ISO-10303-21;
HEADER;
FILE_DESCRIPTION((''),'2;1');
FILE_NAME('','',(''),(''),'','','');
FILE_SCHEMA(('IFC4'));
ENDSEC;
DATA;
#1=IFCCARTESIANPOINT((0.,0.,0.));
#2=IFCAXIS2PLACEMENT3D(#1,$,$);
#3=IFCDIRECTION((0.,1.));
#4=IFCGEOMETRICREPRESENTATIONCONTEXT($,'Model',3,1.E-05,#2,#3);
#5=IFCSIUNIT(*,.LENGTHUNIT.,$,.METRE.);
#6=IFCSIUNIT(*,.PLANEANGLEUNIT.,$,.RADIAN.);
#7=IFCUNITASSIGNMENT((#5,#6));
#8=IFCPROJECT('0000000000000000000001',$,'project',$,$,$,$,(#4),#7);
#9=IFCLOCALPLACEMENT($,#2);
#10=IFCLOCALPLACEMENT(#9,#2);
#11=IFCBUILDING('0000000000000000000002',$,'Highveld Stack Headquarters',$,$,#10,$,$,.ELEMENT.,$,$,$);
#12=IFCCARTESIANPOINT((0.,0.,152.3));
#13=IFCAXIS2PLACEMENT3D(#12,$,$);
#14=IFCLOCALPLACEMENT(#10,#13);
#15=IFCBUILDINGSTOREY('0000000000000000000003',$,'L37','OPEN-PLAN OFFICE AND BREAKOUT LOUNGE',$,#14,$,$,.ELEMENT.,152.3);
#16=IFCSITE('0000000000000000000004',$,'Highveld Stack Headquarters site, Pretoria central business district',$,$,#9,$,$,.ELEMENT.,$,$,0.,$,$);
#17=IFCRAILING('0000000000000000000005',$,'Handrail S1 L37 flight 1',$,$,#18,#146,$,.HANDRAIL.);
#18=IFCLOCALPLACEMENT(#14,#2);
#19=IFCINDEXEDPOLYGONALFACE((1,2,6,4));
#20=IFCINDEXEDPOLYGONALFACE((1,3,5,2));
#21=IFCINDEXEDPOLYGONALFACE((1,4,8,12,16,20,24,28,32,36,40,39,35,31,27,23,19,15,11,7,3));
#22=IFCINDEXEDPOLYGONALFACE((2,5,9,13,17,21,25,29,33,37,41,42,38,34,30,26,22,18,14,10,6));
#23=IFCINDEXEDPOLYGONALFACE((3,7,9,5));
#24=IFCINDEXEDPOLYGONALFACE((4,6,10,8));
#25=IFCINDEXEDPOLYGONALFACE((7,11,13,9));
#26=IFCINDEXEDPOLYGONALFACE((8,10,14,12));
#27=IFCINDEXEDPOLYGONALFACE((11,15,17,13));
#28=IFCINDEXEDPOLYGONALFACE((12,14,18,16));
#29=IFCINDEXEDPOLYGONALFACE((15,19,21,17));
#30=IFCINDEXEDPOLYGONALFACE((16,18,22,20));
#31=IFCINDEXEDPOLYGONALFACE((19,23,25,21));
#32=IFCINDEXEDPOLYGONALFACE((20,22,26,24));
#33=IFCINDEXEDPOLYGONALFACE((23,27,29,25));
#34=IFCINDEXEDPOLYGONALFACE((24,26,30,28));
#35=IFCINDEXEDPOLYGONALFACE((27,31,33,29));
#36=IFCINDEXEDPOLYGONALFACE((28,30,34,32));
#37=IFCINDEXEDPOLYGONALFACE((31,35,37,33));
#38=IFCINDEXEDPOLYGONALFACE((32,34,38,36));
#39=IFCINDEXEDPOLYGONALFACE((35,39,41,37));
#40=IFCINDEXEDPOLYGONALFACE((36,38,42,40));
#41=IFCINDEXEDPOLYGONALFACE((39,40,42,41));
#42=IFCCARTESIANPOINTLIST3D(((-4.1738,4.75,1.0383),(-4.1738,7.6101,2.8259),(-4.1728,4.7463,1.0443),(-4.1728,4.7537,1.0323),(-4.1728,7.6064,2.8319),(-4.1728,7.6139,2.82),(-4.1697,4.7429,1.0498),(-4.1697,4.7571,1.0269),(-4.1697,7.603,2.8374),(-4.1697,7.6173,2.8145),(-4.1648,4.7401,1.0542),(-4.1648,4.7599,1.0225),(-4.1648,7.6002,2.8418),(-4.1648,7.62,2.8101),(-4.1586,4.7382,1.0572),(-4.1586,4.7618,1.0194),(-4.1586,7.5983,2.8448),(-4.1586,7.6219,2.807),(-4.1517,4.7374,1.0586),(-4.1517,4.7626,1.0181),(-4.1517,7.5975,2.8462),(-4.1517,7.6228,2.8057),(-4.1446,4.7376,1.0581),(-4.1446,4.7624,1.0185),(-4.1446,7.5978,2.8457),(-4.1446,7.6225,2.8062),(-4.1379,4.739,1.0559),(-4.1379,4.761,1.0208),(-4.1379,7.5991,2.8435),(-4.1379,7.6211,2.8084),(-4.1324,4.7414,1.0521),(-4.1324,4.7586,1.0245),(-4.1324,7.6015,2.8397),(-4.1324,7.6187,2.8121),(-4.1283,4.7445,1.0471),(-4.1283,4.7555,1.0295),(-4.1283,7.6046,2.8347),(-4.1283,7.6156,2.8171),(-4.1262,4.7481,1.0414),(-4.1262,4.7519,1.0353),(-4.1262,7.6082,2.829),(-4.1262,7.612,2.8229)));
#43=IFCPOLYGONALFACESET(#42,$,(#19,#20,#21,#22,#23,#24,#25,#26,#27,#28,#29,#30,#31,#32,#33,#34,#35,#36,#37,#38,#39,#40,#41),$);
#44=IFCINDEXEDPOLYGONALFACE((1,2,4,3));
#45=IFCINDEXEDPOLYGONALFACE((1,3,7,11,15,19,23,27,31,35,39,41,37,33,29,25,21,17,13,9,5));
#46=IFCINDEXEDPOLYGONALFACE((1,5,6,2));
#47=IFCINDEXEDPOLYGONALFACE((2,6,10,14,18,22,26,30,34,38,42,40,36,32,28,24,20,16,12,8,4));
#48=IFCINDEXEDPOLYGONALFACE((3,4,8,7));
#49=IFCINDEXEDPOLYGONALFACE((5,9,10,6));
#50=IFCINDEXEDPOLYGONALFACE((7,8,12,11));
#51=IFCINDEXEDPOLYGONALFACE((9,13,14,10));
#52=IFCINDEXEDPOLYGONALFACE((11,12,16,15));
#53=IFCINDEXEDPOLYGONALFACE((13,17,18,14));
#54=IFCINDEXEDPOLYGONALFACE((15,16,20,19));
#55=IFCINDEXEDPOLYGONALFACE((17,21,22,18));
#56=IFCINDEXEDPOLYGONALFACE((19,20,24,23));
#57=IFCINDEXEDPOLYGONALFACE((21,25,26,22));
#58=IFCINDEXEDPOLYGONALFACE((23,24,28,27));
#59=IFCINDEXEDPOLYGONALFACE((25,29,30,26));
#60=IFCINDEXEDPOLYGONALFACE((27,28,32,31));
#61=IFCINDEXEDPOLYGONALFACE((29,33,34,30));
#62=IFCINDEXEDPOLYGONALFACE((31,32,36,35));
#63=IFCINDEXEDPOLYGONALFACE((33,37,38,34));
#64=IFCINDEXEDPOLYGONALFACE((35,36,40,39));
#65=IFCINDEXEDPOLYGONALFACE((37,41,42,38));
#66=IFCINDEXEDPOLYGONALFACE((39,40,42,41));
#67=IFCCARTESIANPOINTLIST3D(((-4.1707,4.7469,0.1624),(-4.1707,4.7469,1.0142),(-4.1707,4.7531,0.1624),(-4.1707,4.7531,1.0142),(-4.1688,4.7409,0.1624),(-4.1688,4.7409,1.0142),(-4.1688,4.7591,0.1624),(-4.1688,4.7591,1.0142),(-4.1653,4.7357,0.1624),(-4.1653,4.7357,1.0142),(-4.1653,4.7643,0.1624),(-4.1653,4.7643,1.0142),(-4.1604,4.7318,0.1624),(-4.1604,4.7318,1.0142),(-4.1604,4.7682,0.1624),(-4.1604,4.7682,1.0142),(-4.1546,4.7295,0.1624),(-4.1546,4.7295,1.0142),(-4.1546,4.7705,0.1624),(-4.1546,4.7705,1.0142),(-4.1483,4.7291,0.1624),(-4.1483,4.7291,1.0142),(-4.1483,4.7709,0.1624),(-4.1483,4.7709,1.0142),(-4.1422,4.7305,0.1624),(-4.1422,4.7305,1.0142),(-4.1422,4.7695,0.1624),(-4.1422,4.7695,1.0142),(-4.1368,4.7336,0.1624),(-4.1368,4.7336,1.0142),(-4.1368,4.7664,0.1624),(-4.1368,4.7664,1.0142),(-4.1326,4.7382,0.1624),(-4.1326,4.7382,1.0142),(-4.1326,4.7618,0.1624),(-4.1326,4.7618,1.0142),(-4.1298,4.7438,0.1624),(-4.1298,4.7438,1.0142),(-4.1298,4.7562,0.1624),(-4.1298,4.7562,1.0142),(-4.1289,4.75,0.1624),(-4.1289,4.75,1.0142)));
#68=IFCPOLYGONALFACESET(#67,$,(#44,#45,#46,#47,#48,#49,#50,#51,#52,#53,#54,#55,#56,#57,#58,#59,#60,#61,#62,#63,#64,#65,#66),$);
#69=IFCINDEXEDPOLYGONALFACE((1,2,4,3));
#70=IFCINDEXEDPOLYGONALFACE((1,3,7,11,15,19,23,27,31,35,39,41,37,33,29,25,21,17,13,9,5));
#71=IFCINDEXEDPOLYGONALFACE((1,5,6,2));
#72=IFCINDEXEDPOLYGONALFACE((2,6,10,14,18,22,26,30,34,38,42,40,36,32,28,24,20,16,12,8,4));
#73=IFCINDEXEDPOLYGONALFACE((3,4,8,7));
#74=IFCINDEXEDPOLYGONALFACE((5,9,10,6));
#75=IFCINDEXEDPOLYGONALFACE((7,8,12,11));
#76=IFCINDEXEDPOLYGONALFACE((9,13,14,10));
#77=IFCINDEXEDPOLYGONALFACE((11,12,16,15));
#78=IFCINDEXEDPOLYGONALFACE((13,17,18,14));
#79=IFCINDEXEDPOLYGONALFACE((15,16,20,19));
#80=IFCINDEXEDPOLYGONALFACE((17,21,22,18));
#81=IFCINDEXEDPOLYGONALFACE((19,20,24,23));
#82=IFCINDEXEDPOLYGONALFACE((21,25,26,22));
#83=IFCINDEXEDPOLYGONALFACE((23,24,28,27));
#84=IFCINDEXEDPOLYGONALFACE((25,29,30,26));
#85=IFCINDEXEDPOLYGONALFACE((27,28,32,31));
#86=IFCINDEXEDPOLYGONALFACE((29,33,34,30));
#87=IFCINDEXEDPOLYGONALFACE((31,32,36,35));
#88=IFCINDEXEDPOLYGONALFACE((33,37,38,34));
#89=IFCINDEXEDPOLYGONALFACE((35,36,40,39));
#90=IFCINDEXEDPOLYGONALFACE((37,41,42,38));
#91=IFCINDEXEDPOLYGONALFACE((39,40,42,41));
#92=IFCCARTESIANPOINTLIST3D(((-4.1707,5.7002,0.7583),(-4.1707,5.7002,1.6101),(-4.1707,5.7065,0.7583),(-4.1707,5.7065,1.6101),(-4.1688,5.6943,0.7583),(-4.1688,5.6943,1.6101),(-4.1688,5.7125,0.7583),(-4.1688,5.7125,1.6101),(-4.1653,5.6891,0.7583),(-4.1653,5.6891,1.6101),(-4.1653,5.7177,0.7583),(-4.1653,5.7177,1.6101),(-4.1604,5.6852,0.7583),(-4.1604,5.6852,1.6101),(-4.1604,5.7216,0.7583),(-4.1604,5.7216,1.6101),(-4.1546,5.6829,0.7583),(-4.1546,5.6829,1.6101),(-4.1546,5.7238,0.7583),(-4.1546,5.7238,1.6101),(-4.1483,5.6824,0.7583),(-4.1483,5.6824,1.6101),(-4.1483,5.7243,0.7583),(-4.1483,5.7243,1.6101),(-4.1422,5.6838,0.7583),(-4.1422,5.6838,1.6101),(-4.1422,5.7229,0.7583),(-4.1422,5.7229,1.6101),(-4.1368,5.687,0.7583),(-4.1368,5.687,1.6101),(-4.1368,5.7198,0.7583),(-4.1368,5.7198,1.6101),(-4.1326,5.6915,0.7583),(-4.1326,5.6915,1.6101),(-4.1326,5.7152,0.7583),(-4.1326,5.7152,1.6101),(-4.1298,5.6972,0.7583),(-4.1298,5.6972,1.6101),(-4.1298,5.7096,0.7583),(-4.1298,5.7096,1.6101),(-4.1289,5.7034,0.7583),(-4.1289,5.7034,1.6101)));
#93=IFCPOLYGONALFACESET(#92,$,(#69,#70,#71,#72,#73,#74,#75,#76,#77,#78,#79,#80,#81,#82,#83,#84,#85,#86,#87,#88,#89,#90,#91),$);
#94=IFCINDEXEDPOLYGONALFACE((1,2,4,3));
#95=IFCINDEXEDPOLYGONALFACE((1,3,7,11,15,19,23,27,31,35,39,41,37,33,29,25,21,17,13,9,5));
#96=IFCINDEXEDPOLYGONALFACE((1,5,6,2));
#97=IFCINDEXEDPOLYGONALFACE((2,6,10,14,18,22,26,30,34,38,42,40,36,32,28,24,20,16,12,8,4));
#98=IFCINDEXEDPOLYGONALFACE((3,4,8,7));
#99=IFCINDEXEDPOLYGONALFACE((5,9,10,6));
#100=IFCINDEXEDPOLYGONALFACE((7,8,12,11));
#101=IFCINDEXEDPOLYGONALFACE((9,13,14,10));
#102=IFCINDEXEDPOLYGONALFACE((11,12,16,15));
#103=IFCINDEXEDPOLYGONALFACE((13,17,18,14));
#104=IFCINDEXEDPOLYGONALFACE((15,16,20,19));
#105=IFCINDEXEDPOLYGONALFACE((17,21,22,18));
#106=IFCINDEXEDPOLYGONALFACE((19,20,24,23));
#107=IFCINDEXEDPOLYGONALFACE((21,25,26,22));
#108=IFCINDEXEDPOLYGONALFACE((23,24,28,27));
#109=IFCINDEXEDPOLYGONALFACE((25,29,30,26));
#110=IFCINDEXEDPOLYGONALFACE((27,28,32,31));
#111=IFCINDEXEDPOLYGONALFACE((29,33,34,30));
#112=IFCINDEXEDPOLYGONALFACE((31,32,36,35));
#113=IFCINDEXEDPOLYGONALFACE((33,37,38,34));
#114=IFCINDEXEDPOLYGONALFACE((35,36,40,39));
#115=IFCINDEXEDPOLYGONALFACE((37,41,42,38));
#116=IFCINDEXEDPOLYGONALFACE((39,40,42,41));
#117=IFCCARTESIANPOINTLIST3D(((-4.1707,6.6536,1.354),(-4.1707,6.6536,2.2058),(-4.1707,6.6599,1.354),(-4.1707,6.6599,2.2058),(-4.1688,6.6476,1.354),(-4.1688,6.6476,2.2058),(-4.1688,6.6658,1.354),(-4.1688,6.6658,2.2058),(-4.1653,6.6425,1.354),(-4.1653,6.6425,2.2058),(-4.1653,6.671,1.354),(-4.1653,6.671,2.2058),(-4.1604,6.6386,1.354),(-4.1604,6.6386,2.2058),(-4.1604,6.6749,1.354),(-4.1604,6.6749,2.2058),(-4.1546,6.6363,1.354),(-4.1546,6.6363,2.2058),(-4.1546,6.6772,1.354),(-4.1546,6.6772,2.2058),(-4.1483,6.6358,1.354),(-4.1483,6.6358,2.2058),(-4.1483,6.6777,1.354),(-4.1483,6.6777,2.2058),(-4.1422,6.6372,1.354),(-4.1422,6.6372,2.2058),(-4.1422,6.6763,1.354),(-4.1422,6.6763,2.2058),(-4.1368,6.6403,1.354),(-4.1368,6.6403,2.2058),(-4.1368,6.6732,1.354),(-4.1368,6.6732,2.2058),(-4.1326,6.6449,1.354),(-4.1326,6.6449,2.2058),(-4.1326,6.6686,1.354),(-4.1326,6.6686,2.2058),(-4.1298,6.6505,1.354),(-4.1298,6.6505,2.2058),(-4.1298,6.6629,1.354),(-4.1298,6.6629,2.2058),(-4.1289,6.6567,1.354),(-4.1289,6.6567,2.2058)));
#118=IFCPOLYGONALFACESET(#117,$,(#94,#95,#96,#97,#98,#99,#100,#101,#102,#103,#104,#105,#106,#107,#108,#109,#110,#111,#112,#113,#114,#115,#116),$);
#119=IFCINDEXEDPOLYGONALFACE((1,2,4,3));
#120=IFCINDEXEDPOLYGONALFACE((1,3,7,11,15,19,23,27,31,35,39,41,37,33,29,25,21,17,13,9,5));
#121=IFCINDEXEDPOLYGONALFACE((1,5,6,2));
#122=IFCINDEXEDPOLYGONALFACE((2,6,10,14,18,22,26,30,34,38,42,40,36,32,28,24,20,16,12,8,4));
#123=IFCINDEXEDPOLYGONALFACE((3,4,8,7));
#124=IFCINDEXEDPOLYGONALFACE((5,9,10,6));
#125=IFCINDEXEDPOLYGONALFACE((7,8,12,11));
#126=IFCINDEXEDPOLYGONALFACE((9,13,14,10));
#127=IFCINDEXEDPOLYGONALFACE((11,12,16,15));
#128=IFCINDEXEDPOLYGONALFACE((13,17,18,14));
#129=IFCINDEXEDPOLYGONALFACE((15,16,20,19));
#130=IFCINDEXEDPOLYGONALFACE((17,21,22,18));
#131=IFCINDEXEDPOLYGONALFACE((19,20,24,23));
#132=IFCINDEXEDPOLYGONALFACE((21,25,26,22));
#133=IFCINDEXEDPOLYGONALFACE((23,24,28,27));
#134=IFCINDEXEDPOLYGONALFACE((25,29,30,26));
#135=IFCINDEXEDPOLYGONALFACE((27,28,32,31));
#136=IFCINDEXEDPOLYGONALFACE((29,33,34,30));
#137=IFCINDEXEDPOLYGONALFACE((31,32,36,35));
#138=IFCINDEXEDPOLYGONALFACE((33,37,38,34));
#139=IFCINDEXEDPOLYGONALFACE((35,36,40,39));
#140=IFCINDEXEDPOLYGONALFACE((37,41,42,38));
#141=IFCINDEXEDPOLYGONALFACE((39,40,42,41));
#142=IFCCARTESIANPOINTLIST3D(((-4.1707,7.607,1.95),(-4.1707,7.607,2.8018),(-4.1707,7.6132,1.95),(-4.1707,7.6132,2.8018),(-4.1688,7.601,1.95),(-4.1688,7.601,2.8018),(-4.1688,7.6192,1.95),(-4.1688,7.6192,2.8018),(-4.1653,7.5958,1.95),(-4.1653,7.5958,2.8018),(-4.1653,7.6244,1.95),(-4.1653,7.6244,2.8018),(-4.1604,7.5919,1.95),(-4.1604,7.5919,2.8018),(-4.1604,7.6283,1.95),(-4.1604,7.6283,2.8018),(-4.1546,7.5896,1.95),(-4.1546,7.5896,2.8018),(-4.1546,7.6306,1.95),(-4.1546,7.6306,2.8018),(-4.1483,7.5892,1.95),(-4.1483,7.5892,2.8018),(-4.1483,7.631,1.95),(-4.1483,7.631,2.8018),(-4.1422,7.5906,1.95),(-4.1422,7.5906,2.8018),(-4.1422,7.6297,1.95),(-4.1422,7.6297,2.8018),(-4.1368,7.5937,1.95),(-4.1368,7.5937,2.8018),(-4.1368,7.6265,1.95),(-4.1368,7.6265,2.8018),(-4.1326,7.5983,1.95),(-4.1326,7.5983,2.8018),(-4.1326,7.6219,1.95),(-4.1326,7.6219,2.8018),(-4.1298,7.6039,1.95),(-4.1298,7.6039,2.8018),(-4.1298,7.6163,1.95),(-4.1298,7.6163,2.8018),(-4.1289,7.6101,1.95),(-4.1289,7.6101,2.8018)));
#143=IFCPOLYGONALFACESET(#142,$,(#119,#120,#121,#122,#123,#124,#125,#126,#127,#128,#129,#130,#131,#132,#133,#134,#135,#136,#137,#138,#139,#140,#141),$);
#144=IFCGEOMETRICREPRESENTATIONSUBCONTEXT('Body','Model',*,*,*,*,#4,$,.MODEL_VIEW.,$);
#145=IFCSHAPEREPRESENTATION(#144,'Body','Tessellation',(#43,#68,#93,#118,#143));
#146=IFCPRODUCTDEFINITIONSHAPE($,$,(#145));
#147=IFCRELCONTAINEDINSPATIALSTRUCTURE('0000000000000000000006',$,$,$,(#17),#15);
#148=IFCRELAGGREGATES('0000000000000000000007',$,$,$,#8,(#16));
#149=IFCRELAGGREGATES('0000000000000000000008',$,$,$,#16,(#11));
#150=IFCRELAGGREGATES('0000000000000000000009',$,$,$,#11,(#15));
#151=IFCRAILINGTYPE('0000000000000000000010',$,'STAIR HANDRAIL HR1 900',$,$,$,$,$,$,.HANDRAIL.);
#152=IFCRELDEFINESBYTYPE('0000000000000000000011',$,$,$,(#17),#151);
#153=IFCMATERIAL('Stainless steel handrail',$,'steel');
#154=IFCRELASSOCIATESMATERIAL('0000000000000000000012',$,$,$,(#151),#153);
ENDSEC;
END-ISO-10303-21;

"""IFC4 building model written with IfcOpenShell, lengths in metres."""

from ifc_helpers import new_model, si_unit, direction, frame, origin, origin_2d, place, context, subcontext, project, spatial, circle, extrude, material, type_object, element, save


model = new_model("IFC4")

# Units and contexts
model_context = context("Model", 3, precision=1e-05, world=origin(), true_north=direction((0.0, 1.0)))
body_context = subcontext(model_context, "Body", "Model", "MODEL_VIEW")
ifc_project = project(units=[si_unit("LENGTHUNIT", "METRE"), si_unit("PLANEANGLEUNIT", "RADIAN")], contexts=[model_context])

# Site, building, storey
site_placement = place(None, origin())
site = spatial("IfcSite", under=ifc_project, at=site_placement, Name="Highveld Stack Headquarters site, Pretoria central business district", CompositionType="ELEMENT", RefElevation=0.0)
building_placement = place(site_placement, origin())
building = spatial("IfcBuilding", under=site, at=building_placement, Name="Highveld Stack Headquarters", CompositionType="ELEMENT")
storey_placement = place(building_placement, frame((0.0, 0.0, 152.3)))
storey = spatial("IfcBuildingStorey", under=building, at=storey_placement, Name="L37", Description="OPEN-PLAN OFFICE AND BREAKOUT LOUNGE", CompositionType="ELEMENT", Elevation=152.3)

# Railing
ifc_material_1 = material(Name="Stainless steel handrail", Category="steel")
railing_type = type_object("IfcRailingType", Name="STAIR HANDRAIL HR1 900", PredefinedType="HANDRAIL", material=ifc_material_1)
for number, where, name in (
    (1, (-4.1499, 4.75, 0.1624), "Handrail S1 L37 flight 1"),
):
    element("IfcRailing", number, at=place(storey_placement, frame(where)), inside=storey, type_object=railing_type, Name=name, PredefinedType="HANDRAIL", context=body_context, shape_type="SweptSolid", body=[
        extrude(circle(Radius=0.0239, at=origin_2d()), frame((0.0, 0.0, 0.876), z_axis=(0.0, 0.847994, 0.530005), x_axis=(-1.0, 0.0, 0.0)), (0.0, 0.0, 1.0), 3.3728),
        extrude(circle(Radius=0.021, at=origin_2d()), origin(), (0.0, 0.0, 1.0), 0.8518),
        extrude(circle(Radius=0.021, at=origin_2d()), frame((0.0, 0.9534, 0.5959)), (0.0, 0.0, 1.0), 0.8518),
        extrude(circle(Radius=0.021, at=origin_2d()), frame((0.0, 1.9067, 1.1917)), (0.0, 0.0, 1.0), 0.8518),
        extrude(circle(Radius=0.021, at=origin_2d()), frame((0.0, 2.8601, 1.7876)), (0.0, 0.0, 1.0), 0.8518),
    ])

save(model, "model.ifc")
